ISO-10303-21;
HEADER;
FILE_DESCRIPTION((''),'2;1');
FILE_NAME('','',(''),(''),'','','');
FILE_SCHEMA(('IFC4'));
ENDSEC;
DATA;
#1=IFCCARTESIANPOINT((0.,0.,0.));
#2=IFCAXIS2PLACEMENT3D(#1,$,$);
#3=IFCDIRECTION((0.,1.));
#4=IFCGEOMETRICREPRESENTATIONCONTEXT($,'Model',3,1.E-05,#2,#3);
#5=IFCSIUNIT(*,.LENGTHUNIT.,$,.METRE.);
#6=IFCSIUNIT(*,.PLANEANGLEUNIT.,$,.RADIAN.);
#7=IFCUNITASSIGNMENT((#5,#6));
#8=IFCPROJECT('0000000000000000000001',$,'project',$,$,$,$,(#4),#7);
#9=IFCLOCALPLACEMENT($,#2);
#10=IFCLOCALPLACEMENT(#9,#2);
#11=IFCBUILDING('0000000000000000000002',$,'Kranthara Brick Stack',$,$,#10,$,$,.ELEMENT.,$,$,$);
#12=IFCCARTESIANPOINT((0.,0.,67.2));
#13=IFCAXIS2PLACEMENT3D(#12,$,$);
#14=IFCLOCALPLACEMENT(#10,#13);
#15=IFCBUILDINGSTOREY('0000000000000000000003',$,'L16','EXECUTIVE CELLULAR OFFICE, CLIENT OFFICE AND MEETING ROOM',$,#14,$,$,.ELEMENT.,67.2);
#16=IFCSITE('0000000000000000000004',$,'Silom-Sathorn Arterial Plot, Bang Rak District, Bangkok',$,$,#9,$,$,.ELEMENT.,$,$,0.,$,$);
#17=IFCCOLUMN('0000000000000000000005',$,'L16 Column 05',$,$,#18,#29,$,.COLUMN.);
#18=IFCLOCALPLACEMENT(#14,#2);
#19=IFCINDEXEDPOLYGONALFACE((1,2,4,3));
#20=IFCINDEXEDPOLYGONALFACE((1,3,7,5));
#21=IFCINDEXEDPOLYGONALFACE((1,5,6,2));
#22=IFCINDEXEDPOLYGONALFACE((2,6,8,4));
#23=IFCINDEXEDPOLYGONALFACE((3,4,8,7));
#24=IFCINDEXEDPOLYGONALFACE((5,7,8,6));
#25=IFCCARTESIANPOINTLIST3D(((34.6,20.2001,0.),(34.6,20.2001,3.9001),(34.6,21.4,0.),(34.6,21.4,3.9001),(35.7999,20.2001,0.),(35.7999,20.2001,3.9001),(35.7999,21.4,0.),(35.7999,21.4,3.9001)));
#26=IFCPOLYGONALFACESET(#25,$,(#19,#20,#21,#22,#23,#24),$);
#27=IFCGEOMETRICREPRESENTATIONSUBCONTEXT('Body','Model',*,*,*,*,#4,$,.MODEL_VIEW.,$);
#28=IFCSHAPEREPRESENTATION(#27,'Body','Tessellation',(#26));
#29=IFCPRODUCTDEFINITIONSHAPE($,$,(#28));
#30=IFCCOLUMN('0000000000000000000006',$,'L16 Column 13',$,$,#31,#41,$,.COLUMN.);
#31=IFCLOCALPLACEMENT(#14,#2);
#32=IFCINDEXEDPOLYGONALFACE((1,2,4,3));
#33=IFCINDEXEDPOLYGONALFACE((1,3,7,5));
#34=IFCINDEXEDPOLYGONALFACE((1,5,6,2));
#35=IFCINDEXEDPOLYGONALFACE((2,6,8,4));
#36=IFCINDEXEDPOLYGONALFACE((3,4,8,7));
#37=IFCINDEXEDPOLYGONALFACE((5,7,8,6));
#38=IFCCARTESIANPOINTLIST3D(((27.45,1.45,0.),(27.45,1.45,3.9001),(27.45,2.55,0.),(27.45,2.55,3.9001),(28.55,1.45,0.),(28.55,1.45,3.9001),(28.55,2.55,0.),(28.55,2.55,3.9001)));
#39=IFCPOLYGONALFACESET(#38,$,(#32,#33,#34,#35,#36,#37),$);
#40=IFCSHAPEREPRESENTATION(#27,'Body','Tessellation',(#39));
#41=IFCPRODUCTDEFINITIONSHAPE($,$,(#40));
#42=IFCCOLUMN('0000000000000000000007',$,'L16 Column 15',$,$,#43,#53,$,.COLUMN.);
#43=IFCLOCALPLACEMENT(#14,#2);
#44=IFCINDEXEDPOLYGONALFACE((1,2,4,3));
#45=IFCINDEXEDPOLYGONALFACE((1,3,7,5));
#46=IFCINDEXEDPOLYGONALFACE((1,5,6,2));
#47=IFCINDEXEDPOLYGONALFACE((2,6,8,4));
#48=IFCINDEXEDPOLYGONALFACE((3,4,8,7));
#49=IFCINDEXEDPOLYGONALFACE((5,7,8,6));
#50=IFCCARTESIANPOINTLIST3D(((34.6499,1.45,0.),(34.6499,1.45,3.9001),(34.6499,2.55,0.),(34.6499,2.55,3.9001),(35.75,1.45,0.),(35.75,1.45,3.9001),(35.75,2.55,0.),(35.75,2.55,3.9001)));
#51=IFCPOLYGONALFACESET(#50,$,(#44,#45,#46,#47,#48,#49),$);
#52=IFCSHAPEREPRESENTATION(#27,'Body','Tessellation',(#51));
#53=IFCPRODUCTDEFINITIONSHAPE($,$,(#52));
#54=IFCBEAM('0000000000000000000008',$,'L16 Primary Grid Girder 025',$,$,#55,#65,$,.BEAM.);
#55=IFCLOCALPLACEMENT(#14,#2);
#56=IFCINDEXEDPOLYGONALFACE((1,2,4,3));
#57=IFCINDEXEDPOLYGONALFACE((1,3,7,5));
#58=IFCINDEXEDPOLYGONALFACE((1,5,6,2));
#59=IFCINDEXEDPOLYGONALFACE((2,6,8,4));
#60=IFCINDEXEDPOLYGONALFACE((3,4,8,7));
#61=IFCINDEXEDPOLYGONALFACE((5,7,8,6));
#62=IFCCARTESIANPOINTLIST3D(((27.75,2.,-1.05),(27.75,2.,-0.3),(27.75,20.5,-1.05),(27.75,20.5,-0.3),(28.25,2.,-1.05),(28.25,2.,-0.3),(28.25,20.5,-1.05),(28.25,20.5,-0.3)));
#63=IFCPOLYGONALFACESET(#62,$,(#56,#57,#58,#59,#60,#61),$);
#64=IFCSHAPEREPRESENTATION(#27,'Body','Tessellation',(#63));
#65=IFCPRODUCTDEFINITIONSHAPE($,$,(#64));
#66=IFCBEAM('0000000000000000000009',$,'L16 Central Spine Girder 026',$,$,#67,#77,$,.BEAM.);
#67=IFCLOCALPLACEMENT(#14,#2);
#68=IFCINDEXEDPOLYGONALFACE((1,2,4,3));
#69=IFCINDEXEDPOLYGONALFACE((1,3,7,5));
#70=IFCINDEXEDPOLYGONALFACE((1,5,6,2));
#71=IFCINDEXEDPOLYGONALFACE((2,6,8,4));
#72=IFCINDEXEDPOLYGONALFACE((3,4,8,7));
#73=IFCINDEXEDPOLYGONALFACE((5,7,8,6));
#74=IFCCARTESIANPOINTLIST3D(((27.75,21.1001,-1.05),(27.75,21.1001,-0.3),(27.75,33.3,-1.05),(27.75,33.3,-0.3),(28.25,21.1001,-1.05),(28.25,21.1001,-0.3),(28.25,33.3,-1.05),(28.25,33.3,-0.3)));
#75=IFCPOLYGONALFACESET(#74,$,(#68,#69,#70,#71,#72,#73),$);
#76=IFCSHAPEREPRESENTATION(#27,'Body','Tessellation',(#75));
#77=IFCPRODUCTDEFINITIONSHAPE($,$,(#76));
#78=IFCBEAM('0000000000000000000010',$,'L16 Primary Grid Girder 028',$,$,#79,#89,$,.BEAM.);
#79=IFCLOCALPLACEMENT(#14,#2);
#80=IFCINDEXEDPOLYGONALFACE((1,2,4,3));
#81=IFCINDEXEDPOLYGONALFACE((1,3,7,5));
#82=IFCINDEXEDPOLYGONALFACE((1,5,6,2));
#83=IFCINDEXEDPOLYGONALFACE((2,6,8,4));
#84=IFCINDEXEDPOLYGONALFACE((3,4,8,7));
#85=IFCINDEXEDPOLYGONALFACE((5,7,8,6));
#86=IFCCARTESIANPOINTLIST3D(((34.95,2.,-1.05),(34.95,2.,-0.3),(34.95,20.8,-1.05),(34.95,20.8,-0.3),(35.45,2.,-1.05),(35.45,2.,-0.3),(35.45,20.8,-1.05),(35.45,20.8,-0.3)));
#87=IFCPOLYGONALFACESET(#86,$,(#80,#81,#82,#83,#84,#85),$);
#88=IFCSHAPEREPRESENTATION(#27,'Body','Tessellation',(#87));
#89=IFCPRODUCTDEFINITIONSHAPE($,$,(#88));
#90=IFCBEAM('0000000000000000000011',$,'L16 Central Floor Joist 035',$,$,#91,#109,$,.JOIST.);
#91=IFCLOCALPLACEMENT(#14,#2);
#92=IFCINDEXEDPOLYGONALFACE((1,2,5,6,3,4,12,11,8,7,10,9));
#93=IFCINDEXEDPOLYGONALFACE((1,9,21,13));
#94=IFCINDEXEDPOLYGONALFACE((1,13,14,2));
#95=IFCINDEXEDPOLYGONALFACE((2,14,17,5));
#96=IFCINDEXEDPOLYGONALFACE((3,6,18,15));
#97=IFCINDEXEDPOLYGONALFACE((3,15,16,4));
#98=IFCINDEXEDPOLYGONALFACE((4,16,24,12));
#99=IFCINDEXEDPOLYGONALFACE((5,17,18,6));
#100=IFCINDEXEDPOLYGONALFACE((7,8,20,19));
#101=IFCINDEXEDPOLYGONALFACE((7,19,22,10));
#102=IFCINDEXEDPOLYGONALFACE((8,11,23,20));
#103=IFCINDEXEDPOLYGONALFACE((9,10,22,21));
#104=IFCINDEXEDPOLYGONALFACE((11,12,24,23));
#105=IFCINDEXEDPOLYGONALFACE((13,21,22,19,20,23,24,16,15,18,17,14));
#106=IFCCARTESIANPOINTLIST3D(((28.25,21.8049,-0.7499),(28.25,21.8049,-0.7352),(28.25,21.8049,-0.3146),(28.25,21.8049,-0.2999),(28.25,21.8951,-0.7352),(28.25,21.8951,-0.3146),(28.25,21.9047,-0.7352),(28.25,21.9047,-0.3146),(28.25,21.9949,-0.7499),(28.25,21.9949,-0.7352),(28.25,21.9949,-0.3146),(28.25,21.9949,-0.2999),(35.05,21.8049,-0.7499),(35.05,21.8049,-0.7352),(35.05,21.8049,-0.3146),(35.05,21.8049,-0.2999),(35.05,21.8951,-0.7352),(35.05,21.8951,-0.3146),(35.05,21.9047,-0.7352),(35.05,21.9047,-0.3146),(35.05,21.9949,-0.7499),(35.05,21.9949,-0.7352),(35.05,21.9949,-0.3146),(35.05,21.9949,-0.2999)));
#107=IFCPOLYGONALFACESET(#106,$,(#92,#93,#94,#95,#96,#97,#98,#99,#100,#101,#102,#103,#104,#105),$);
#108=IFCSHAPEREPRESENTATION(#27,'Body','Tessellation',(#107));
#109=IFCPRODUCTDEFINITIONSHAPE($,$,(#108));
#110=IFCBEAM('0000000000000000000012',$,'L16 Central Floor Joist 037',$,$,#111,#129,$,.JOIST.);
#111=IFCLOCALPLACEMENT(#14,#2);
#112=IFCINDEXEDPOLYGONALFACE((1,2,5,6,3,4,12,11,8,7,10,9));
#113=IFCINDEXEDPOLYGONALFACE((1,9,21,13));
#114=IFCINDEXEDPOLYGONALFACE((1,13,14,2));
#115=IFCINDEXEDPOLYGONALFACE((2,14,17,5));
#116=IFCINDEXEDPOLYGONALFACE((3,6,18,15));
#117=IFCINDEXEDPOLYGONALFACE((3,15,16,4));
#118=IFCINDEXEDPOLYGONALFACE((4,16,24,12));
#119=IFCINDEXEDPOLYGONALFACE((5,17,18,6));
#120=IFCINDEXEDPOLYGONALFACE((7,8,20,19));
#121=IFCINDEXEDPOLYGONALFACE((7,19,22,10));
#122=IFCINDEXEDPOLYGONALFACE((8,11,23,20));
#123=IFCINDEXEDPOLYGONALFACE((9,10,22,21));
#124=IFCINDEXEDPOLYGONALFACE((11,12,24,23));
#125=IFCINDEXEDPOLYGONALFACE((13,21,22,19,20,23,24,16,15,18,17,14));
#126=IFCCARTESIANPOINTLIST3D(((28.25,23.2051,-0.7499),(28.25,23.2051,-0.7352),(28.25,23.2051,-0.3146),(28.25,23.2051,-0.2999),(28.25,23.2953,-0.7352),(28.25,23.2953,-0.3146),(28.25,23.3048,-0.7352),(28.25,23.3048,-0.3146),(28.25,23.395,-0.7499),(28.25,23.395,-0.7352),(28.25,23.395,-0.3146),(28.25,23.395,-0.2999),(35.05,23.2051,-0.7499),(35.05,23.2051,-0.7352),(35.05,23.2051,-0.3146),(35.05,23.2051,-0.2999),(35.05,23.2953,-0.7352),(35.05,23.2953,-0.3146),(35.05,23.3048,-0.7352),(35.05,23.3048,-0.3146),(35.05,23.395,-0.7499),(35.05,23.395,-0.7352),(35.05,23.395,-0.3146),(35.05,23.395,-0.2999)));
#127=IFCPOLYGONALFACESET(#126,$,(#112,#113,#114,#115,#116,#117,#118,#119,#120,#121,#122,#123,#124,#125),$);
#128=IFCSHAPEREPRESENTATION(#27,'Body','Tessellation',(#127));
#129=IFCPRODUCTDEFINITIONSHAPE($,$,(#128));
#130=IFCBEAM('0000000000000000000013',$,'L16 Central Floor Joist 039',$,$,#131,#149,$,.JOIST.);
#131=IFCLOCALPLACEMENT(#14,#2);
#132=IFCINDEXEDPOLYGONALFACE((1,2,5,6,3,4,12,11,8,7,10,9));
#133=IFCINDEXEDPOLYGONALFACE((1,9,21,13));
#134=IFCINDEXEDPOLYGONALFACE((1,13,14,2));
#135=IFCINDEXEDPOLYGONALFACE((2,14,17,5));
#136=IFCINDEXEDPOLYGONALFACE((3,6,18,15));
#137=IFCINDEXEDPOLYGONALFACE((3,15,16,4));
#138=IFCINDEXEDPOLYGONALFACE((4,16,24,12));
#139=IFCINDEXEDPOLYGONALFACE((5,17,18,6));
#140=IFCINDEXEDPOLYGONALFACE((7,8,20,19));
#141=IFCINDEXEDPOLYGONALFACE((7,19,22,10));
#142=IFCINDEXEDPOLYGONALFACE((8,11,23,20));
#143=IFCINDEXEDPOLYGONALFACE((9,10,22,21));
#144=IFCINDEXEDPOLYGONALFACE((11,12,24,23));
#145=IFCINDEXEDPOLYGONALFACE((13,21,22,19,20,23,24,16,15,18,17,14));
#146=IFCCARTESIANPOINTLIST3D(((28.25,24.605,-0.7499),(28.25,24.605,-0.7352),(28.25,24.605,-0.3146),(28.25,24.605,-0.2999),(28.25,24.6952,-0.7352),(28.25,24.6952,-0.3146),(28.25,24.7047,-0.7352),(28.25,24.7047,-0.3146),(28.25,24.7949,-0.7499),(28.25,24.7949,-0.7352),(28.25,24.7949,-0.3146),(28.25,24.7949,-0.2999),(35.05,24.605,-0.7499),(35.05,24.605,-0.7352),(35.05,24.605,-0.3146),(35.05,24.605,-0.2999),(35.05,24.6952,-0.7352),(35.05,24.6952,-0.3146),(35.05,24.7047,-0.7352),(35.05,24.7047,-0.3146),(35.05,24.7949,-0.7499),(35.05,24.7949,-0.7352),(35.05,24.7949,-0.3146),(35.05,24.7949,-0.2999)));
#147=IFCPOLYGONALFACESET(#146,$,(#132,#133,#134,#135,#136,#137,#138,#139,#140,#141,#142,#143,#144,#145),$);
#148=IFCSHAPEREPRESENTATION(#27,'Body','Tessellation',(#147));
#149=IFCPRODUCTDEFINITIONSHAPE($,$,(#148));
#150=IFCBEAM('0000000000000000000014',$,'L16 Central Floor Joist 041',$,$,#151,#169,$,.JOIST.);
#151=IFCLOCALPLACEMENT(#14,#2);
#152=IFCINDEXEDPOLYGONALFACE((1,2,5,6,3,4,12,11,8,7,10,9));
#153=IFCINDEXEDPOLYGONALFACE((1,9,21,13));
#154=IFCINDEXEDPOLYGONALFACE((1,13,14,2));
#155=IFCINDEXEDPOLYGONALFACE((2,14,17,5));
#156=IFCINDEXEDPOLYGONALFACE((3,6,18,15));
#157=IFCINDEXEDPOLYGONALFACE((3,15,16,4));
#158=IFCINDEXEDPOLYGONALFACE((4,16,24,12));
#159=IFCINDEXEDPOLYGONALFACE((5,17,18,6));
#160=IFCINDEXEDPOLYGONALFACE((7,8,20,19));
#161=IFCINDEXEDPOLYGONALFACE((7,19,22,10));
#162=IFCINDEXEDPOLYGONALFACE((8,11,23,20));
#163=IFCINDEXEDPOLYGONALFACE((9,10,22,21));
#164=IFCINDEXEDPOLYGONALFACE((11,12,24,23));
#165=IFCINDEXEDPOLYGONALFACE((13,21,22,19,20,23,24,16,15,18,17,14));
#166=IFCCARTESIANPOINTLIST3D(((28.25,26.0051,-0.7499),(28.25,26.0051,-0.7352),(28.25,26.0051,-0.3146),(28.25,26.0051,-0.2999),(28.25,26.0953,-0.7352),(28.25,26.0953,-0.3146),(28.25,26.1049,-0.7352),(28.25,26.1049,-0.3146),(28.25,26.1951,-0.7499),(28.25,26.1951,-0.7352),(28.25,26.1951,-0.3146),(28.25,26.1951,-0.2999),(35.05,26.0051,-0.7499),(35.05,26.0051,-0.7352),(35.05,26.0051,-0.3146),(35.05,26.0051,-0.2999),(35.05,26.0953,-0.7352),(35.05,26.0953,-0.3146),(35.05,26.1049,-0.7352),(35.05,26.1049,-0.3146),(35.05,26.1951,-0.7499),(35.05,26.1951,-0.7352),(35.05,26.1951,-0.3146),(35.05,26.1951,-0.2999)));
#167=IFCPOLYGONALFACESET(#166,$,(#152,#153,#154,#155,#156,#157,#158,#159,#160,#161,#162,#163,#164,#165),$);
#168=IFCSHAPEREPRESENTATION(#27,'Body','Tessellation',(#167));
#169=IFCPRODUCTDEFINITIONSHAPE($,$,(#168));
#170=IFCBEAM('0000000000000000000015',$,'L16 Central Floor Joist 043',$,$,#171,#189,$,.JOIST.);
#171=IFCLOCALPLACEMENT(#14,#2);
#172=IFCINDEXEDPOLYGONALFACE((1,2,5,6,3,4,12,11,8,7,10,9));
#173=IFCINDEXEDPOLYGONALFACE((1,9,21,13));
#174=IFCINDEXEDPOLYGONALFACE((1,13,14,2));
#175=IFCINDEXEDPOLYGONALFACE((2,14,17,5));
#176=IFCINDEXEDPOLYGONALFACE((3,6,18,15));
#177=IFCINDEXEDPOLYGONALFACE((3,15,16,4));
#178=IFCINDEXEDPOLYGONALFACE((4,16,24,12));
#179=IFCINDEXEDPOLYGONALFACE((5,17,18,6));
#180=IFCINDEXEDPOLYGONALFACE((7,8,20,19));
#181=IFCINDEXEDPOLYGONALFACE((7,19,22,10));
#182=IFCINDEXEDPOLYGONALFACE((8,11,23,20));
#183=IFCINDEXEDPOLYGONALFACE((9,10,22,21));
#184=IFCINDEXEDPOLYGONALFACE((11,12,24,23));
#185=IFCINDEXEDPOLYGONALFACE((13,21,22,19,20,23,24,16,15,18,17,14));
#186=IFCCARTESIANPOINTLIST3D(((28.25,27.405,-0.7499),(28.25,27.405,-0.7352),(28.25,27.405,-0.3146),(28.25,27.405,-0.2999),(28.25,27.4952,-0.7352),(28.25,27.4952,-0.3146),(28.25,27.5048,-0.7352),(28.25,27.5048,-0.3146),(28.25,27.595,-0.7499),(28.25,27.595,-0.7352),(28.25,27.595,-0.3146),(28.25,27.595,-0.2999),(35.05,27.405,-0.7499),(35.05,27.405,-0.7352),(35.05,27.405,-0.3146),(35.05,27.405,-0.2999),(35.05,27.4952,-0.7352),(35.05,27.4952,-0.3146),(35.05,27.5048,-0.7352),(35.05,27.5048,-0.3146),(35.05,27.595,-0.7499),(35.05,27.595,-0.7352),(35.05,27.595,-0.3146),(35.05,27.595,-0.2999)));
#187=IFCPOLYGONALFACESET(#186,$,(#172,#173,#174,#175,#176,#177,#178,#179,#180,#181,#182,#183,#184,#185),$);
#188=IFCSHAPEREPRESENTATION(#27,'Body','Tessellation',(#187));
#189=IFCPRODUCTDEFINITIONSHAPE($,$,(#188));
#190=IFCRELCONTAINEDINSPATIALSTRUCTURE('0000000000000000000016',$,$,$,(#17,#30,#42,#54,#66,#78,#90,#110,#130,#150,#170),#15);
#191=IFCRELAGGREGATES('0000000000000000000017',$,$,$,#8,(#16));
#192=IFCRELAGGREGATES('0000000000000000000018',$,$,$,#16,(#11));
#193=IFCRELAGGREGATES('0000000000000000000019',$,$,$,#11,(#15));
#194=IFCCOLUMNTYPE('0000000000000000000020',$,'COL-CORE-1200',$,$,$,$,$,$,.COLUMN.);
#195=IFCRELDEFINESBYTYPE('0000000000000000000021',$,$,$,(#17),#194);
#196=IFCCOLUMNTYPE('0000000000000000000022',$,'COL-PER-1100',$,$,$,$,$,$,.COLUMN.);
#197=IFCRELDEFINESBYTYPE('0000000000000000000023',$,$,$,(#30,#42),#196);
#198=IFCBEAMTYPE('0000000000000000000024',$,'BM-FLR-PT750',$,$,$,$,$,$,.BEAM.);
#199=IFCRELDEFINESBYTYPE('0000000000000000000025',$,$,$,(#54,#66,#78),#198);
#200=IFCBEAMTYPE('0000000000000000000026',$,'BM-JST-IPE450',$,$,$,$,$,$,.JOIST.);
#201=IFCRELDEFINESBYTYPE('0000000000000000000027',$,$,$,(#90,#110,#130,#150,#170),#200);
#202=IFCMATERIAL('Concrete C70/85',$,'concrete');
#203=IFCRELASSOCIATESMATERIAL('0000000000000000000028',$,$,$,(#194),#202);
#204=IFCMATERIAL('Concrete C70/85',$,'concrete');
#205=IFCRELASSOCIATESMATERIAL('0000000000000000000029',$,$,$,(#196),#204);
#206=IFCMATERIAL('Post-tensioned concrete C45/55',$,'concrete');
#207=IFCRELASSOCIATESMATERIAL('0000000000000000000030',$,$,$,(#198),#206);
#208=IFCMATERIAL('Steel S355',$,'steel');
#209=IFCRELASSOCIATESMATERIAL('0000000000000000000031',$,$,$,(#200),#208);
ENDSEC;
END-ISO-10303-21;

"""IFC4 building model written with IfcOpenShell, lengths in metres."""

from ifc_helpers import new_model, si_unit, direction, frame, origin, origin_2d, place, context, subcontext, project, spatial, rectangle, i_section, extrude, material, material_profile, profile_set, type_object, element, save


model = new_model("IFC4")

# Units and contexts
model_context = context("Model", 3, precision=1e-05, world=origin(), true_north=direction((0.0, 1.0)))
body_context = subcontext(model_context, "Body", "Model", "MODEL_VIEW")
ifc_project = project(units=[si_unit("LENGTHUNIT", "METRE"), si_unit("PLANEANGLEUNIT", "RADIAN")], contexts=[model_context])

# Site, building, storey
site_placement = place(None, origin())
site = spatial("IfcSite", under=ifc_project, at=site_placement, Name="Silom-Sathorn Arterial Plot, Bang Rak District, Bangkok", CompositionType="ELEMENT", RefElevation=0.0)
building_placement = place(site_placement, origin())
building = spatial("IfcBuilding", under=site, at=building_placement, Name="Kranthara Brick Stack", CompositionType="ELEMENT")
storey_placement = place(building_placement, frame((0.0, 0.0, 67.2)))
storey = spatial("IfcBuildingStorey", under=building, at=storey_placement, Name="L16", Description="EXECUTIVE CELLULAR OFFICE, CLIENT OFFICE AND MEETING ROOM", CompositionType="ELEMENT", Elevation=67.2)

# Columns
ifc_material_1 = material(Name="Concrete C70/85", Category="concrete")
ifc_material_profile_1 = material_profile(ifc_material_1, rectangle(XDim=1.2, YDim=1.2, at=origin_2d()), Name="RC 1200x1200")
ifc_profile_set_1 = profile_set([ifc_material_profile_1], Name="Concrete C70/85")
column_type_1 = type_object("IfcColumnType", Name="COL-CORE-1200", PredefinedType="COLUMN", material=ifc_profile_set_1)
column_placement = place(storey_placement, frame((35.2, 20.8, 0.0), z_axis=(0.0, 0.0, 1.0), x_axis=(1.0, 0.0, 0.0)))
element("IfcColumn", 1, at=column_placement, inside=storey, type_object=column_type_1, Name="L16 Column 05", PredefinedType="COLUMN", context=body_context, shape_type="SweptSolid", body=[
    extrude(rectangle(XDim=1.2, YDim=1.2, at=origin_2d()), origin(), (0.0, 0.0, 1.0), 3.9001),
])
ifc_material_2 = material(Name="Concrete C70/85", Category="concrete")
ifc_material_profile_2 = material_profile(ifc_material_2, rectangle(XDim=1.1001, YDim=1.1001, at=origin_2d()), Name="RC 1100x1100")
ifc_profile_set_2 = profile_set([ifc_material_profile_2], Name="Concrete C70/85")
column_type_2 = type_object("IfcColumnType", Name="COL-PER-1100", PredefinedType="COLUMN", material=ifc_profile_set_2)
for number, where, z_axis, x_axis, name in (
    (2, (28.0, 2.0, 0.0), (0.0, 0.0, 1.0), (1.0, 0.0, 0.0), "L16 Column 13"),
    (3, (35.2, 2.0, 0.0), (0.0, 0.0, 1.0), (1.0, 0.0, 0.0), "L16 Column 15"),
):
    element("IfcColumn", number, at=place(storey_placement, frame(where, z_axis=z_axis, x_axis=x_axis)), inside=storey, type_object=column_type_2, Name=name, PredefinedType="COLUMN", context=body_context, shape_type="SweptSolid", body=[
        extrude(rectangle(XDim=1.1001, YDim=1.1001, at=origin_2d()), origin(), (0.0, 0.0, 1.0), 3.9001),
    ])

# Beams
ifc_material_3 = material(Name="Post-tensioned concrete C45/55", Category="concrete")
ifc_material_profile_3 = material_profile(ifc_material_3, rectangle(XDim=0.5, YDim=0.75, at=origin_2d()), Name="PT 500x750")
ifc_profile_set_3 = profile_set([ifc_material_profile_3], Name="Post-tensioned concrete C45/55")
beam_type_1 = type_object("IfcBeamType", Name="BM-FLR-PT750", PredefinedType="BEAM", material=ifc_profile_set_3)
beam_1_placement = place(storey_placement, frame((28.0, 2.0, -0.675), z_axis=(0.0, 1.0, 0.0), x_axis=(-1.0, 0.0, 0.0)))
element("IfcBeam", 4, at=beam_1_placement, inside=storey, type_object=beam_type_1, Name="L16 Primary Grid Girder 025", PredefinedType="BEAM", context=body_context, shape_type="SweptSolid", body=[
    extrude(rectangle(XDim=0.5, YDim=0.75, at=origin_2d()), origin(), (0.0, 0.0, 1.0), 18.5),
])
beam_2_placement = place(storey_placement, frame((28.0, 21.1001, -0.675), z_axis=(0.0, 1.0, 0.0), x_axis=(-1.0, 0.0, 0.0)))
element("IfcBeam", 5, at=beam_2_placement, inside=storey, type_object=beam_type_1, Name="L16 Central Spine Girder 026", PredefinedType="BEAM", context=body_context, shape_type="SweptSolid", body=[
    extrude(rectangle(XDim=0.5, YDim=0.75, at=origin_2d()), origin(), (0.0, 0.0, 1.0), 12.2),
])
beam_3_placement = place(storey_placement, frame((35.2, 2.0, -0.675), z_axis=(0.0, 1.0, 0.0), x_axis=(-1.0, 0.0, 0.0)))
element("IfcBeam", 6, at=beam_3_placement, inside=storey, type_object=beam_type_1, Name="L16 Primary Grid Girder 028", PredefinedType="BEAM", context=body_context, shape_type="SweptSolid", body=[
    extrude(rectangle(XDim=0.5, YDim=0.75, at=origin_2d()), origin(), (0.0, 0.0, 1.0), 18.8),
])
ifc_material_4 = material(Name="Steel S355", Category="steel")
ifc_material_profile_4 = material_profile(ifc_material_4, i_section(OverallWidth=0.1899, OverallDepth=0.45, WebThickness=0.0095, FlangeThickness=0.0146, at=origin_2d()), Name="IPE 450")
ifc_profile_set_4 = profile_set([ifc_material_profile_4], Name="Steel S355")
beam_type_2 = type_object("IfcBeamType", Name="BM-JST-IPE450", PredefinedType="JOIST", material=ifc_profile_set_4)
for number, where, z_axis, x_axis, name in (
    (7, (28.25, 21.8999, -0.5249), (1.0, 0.0, 0.0), (0.0, 1.0, 0.0), "L16 Central Floor Joist 035"),
    (8, (28.25, 23.3, -0.5249), (1.0, 0.0, 0.0), (0.0, 1.0, 0.0), "L16 Central Floor Joist 037"),
    (9, (28.25, 24.7, -0.5249), (1.0, 0.0, 0.0), (0.0, 1.0, 0.0), "L16 Central Floor Joist 039"),
    (10, (28.25, 26.1001, -0.5249), (1.0, 0.0, 0.0), (0.0, 1.0, 0.0), "L16 Central Floor Joist 041"),
    (11, (28.25, 27.5, -0.5249), (1.0, 0.0, 0.0), (0.0, 1.0, 0.0), "L16 Central Floor Joist 043"),
):
    element("IfcBeam", number, at=place(storey_placement, frame(where, z_axis=z_axis, x_axis=x_axis)), inside=storey, type_object=beam_type_2, Name=name, PredefinedType="JOIST", context=body_context, shape_type="SweptSolid", body=[
        extrude(i_section(OverallWidth=0.1899, OverallDepth=0.45, WebThickness=0.0095, FlangeThickness=0.0146, at=origin_2d()), origin(), (0.0, 0.0, 1.0), 6.8),
    ])

save(model, "model.ifc")
